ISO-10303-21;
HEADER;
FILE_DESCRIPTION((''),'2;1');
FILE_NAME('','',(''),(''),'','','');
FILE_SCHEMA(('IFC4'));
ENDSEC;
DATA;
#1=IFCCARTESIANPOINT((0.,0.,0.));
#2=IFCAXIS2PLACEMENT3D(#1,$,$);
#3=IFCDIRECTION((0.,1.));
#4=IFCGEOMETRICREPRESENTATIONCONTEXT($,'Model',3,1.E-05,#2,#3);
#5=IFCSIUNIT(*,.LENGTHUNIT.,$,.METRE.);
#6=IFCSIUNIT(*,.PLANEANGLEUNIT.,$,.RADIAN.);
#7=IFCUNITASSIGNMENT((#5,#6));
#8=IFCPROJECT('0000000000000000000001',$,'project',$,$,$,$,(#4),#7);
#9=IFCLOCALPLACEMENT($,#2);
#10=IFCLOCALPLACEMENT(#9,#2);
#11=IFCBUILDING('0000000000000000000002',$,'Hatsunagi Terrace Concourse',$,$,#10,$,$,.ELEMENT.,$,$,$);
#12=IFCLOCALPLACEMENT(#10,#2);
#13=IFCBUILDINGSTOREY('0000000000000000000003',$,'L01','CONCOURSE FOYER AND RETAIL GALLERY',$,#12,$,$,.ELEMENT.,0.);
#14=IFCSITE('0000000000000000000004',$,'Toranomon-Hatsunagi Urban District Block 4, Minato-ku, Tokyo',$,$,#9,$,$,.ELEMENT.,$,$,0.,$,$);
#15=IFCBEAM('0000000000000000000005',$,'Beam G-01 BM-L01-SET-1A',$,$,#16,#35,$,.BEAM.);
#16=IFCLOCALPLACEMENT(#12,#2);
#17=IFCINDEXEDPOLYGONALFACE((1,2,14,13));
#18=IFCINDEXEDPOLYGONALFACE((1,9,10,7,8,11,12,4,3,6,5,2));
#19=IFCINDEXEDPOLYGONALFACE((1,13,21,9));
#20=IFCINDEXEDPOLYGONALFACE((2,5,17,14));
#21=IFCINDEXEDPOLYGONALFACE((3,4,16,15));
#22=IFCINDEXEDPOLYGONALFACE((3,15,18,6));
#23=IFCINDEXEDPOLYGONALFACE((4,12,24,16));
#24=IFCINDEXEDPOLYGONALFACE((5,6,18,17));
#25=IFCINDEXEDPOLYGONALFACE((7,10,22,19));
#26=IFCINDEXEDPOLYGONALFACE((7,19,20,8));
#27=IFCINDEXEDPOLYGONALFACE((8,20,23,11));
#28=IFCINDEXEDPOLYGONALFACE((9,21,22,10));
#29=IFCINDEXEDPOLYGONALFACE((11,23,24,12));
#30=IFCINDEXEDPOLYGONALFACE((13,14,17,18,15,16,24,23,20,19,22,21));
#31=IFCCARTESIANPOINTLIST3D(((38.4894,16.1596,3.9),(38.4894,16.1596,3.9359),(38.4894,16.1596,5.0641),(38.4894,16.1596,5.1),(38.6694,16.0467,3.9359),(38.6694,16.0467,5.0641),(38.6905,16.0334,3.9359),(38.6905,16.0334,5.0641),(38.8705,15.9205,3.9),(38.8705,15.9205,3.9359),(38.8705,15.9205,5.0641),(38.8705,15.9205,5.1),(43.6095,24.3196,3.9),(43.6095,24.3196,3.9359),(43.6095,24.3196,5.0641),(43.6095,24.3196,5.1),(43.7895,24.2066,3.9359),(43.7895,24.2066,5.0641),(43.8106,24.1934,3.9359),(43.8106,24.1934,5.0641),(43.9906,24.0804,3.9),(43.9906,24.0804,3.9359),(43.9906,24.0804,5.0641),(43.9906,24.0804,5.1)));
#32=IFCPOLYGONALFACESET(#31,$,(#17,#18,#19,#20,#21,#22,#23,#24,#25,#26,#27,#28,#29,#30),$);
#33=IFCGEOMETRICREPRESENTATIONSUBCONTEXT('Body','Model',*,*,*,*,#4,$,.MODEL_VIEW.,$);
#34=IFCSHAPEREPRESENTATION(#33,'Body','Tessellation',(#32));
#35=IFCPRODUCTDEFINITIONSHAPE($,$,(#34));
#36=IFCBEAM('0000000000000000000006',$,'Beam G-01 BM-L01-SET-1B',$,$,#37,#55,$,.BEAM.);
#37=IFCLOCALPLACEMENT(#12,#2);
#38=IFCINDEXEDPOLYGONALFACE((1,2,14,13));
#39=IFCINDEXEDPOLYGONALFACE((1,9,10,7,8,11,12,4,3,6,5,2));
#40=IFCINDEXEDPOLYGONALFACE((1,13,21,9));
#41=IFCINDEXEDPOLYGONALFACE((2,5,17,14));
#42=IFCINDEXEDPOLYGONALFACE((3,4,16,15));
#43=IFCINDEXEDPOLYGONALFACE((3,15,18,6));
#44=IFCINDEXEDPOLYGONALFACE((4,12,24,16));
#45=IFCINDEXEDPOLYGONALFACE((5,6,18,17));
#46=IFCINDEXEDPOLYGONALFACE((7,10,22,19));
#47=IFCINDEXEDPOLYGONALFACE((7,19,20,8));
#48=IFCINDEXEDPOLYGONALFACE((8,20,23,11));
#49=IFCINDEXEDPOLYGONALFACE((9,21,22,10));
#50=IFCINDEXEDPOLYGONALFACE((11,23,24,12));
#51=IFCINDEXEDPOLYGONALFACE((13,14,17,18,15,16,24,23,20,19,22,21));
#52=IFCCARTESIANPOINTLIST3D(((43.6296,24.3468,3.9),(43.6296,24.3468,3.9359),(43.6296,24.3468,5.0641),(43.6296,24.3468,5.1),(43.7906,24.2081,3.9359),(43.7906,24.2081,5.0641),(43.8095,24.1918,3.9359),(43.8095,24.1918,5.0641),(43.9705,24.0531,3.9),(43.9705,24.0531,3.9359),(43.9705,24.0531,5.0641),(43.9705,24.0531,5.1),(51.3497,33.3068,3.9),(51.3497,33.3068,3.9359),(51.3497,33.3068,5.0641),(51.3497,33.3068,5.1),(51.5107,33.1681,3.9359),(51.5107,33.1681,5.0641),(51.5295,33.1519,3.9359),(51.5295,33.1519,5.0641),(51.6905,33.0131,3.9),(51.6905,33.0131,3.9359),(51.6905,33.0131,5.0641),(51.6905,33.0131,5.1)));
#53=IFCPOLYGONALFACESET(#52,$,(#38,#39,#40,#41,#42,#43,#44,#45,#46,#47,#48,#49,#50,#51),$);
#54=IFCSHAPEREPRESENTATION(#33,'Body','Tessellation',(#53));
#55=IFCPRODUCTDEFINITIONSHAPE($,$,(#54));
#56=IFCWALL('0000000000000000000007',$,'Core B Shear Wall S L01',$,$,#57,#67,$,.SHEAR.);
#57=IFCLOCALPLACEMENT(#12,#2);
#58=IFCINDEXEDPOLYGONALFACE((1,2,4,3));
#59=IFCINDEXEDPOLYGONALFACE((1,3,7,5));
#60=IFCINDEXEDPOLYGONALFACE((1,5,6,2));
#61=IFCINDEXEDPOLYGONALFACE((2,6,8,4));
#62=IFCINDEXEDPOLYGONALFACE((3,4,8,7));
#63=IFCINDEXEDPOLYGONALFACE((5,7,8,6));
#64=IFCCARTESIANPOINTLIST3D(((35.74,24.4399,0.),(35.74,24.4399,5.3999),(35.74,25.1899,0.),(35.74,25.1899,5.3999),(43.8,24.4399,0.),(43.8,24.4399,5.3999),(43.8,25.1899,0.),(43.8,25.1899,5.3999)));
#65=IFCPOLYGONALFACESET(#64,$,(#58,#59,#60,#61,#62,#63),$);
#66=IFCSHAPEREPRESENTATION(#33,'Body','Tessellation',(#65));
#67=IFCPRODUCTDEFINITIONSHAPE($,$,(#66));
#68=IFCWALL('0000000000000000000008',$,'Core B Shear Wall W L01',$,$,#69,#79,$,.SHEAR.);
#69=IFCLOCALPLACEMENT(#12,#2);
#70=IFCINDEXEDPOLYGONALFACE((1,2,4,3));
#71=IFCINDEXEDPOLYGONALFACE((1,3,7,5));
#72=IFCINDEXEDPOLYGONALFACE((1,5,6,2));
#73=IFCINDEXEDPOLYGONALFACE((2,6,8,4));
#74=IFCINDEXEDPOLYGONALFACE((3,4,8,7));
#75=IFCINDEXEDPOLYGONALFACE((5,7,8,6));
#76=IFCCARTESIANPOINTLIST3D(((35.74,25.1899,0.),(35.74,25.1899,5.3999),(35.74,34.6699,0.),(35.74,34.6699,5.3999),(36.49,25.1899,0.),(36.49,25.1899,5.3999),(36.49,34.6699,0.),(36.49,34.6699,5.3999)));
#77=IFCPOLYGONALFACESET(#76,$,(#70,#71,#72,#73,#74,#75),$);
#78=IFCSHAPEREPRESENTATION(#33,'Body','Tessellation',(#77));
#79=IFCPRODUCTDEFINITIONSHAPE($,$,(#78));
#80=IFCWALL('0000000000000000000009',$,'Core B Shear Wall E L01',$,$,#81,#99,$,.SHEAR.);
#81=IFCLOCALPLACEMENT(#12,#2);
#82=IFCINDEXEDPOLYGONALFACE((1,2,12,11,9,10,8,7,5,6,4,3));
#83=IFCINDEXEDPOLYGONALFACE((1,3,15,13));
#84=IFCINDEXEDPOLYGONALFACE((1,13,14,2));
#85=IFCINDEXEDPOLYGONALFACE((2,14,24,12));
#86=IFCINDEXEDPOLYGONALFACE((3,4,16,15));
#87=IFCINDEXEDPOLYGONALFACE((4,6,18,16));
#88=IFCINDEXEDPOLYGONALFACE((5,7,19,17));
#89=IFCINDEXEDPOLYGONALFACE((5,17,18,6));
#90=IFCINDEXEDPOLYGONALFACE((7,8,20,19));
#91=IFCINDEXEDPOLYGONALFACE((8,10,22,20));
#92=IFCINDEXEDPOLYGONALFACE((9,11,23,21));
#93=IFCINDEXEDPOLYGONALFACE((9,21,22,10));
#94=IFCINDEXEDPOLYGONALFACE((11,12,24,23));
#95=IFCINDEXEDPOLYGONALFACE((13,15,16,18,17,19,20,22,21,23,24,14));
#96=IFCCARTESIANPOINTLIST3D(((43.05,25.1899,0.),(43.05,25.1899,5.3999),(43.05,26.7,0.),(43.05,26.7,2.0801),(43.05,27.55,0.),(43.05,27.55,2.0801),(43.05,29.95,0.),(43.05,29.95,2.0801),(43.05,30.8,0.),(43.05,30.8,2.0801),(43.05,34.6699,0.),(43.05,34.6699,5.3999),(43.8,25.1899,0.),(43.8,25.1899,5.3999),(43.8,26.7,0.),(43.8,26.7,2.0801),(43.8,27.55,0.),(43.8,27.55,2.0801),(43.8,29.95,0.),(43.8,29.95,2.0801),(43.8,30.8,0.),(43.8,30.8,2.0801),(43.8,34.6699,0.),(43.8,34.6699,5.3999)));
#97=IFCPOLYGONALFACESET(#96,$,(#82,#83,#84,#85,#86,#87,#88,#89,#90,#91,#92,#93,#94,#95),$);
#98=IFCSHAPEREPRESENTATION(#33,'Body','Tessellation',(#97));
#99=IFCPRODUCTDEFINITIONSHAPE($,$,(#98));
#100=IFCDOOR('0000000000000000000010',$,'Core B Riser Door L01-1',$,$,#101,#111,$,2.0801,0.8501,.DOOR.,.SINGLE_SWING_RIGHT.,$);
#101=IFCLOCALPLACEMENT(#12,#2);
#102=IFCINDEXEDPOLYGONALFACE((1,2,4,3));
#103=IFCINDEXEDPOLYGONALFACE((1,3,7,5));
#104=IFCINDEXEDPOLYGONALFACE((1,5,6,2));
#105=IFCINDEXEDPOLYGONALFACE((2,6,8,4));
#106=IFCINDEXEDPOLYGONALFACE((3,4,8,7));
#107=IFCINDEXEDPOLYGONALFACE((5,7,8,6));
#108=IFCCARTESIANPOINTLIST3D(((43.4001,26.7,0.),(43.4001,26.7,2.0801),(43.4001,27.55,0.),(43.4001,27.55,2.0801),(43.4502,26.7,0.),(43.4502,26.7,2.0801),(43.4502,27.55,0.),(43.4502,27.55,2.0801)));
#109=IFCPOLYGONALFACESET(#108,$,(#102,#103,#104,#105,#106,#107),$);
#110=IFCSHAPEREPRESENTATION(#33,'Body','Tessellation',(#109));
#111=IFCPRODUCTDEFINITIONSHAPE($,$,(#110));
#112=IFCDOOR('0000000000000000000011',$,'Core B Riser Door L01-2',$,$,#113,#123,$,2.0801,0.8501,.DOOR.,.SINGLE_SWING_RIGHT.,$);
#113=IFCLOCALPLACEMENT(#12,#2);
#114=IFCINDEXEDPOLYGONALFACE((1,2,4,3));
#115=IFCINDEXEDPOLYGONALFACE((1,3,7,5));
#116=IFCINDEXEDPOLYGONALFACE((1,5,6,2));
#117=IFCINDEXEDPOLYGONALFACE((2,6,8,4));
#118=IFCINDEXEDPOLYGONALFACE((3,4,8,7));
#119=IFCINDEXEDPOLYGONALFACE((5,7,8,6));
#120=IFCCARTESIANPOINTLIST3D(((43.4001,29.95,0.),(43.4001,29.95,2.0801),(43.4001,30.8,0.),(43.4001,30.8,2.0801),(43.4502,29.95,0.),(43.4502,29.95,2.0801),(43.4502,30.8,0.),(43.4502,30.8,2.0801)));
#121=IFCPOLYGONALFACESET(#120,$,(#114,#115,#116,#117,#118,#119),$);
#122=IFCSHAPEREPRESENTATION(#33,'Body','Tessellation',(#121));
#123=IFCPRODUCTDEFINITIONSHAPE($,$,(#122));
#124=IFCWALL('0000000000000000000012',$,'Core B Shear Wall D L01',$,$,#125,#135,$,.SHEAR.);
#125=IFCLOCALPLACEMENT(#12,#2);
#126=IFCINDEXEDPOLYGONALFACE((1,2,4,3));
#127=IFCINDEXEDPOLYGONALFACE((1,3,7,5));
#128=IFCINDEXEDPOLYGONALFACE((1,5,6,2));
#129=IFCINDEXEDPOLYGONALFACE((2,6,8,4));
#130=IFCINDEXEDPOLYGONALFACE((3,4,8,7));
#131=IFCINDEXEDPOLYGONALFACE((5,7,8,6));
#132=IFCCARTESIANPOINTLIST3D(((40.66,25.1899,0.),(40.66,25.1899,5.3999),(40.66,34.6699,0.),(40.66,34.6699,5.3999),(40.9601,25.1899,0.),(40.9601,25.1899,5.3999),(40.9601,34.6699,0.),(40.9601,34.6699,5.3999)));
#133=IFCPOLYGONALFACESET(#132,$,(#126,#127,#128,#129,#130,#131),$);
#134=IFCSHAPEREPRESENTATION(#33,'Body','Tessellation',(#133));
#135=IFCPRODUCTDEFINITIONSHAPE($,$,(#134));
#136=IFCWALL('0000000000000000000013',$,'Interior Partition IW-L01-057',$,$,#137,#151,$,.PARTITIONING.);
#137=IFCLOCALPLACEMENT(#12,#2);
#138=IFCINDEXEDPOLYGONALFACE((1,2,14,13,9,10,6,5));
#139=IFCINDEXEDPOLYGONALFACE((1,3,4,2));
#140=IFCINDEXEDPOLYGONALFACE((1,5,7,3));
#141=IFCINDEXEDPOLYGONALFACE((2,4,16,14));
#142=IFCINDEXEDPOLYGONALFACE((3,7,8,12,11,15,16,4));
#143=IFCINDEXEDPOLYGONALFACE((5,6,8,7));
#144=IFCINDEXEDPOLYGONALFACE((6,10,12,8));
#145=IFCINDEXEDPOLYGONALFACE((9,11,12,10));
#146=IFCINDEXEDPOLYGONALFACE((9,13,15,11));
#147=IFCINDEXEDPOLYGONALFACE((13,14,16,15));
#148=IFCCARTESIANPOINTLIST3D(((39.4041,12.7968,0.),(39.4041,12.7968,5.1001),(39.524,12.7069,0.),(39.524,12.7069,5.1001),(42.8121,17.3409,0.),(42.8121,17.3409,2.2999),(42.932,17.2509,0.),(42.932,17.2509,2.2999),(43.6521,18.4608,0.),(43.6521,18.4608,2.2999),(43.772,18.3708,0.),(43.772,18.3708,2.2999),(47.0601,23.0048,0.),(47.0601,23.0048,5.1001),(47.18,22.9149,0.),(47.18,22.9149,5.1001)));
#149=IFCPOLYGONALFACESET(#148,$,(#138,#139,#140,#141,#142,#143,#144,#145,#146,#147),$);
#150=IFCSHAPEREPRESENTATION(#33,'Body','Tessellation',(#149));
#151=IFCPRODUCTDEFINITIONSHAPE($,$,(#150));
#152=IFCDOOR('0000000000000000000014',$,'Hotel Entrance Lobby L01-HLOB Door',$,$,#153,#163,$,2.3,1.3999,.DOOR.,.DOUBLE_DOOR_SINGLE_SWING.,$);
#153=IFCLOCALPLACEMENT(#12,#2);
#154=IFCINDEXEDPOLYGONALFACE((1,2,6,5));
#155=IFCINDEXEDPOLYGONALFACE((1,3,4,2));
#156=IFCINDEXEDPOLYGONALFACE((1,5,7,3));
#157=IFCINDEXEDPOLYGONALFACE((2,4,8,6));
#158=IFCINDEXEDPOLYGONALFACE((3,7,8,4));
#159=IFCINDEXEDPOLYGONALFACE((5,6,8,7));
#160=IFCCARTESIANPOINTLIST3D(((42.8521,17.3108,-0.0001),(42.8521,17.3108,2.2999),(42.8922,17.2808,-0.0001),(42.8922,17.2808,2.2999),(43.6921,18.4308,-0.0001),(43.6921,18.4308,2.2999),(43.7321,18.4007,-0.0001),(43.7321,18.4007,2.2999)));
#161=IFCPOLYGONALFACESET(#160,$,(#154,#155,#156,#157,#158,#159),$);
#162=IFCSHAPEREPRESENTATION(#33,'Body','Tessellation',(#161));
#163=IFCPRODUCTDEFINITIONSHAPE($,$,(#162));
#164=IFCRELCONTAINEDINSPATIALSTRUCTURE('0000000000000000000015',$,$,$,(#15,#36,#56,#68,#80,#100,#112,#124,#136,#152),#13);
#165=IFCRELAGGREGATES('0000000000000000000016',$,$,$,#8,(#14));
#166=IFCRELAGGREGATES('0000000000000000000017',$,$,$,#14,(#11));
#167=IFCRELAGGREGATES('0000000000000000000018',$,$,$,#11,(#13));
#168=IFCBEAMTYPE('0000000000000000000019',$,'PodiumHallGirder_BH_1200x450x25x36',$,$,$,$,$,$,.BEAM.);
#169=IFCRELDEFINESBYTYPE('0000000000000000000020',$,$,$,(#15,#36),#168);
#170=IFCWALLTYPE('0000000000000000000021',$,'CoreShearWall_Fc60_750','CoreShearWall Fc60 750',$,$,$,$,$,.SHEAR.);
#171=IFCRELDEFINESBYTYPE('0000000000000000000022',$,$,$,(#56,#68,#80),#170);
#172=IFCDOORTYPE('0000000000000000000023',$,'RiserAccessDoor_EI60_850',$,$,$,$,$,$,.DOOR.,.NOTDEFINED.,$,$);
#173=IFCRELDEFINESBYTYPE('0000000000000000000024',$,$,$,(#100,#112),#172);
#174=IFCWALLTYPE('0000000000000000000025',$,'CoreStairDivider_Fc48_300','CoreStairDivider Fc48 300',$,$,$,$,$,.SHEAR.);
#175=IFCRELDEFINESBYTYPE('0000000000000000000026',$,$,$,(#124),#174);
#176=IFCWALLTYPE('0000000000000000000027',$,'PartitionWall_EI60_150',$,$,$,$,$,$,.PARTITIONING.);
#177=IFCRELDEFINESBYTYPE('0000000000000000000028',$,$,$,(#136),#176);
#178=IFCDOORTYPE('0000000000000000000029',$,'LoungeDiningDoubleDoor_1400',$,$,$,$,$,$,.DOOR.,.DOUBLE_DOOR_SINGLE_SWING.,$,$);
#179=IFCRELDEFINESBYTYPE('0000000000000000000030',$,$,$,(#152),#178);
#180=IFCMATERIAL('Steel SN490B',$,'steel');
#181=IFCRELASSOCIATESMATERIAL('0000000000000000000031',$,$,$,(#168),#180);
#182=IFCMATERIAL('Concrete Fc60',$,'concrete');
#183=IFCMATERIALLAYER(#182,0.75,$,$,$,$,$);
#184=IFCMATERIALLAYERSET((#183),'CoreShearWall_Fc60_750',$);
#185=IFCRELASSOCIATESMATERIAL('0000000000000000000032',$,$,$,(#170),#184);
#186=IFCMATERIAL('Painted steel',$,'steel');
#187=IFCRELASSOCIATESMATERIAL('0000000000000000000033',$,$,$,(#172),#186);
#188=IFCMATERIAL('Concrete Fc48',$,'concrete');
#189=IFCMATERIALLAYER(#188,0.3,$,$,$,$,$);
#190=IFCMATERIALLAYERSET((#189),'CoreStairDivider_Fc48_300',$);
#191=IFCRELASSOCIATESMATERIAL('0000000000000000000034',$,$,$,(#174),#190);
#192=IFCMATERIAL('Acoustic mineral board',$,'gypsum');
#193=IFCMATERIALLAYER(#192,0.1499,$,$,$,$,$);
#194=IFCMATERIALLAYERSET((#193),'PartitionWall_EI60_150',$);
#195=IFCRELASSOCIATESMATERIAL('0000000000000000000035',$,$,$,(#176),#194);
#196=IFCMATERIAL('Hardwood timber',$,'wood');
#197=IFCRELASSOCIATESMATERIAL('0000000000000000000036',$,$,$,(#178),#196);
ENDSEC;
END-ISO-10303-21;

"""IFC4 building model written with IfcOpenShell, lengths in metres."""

from ifc_helpers import new_model, si_unit, direction, frame, frame_2d, origin, origin_2d, place, context, subcontext, project, spatial, rectangle, i_section, extrude, material, layer, layer_set, material_profile, profile_set, type_object, element, fill, save


model = new_model("IFC4")

# Units and contexts
model_context = context("Model", 3, precision=1e-05, world=origin(), true_north=direction((0.0, 1.0)))
body_context = subcontext(model_context, "Body", "Model", "MODEL_VIEW")
ifc_project = project(units=[si_unit("LENGTHUNIT", "METRE"), si_unit("PLANEANGLEUNIT", "RADIAN")], contexts=[model_context])

# Site, building, storey
site_placement = place(None, origin())
site = spatial("IfcSite", under=ifc_project, at=site_placement, Name="Toranomon-Hatsunagi Urban District Block 4, Minato-ku, Tokyo", CompositionType="ELEMENT", RefElevation=0.0)
building_placement = place(site_placement, origin())
building = spatial("IfcBuilding", under=site, at=building_placement, Name="Hatsunagi Terrace Concourse", CompositionType="ELEMENT")
storey_placement = place(building_placement, origin())
storey = spatial("IfcBuildingStorey", under=building, at=storey_placement, Name="L01", Description="CONCOURSE FOYER AND RETAIL GALLERY", CompositionType="ELEMENT", Elevation=0.0)

# Beams
ifc_material_1 = material(Name="Steel SN490B", Category="steel")
ifc_material_profile_1 = material_profile(ifc_material_1, i_section(OverallWidth=0.45, OverallDepth=1.2, WebThickness=0.0249, FlangeThickness=0.0359, at=origin_2d()), Name="BH-1200x450x25x36")
ifc_profile_set_1 = profile_set([ifc_material_profile_1], Name="Steel SN490B")
beam_type_1 = type_object("IfcBeamType", Name="PodiumHallGirder_BH_1200x450x25x36", PredefinedType="BEAM", material=ifc_profile_set_1)
beam_1_placement = place(storey_placement, frame((38.6799, 16.04, 4.5), z_axis=(0.531504, 0.847056, 0.0), x_axis=(-0.847056, 0.531504, 0.0)))
element("IfcBeam", 1, at=beam_1_placement, inside=storey, type_object=beam_type_1, Name="Beam G-01 BM-L01-SET-1A", PredefinedType="BEAM", context=body_context, shape_type="SweptSolid", body=[
    extrude(i_section(OverallWidth=0.45, OverallDepth=1.2, WebThickness=0.0249, FlangeThickness=0.0359, at=origin_2d()), origin(), (0.0, 0.0, 1.0), 9.6333),
])
beam_2_placement = place(storey_placement, frame((43.8, 24.2, 4.5), z_axis=(0.652739, 0.757583, 0.0), x_axis=(-0.757583, 0.652739, 0.0)))
element("IfcBeam", 2, at=beam_2_placement, inside=storey, type_object=beam_type_1, Name="Beam G-01 BM-L01-SET-1B", PredefinedType="BEAM", context=body_context, shape_type="SweptSolid", body=[
    extrude(i_section(OverallWidth=0.45, OverallDepth=1.2, WebThickness=0.0249, FlangeThickness=0.0359, at=origin_2d()), origin(), (0.0, 0.0, 1.0), 11.8271),
])

# Walls
ifc_material_2 = material(Name="Concrete Fc60", Category="concrete")
ifc_layer_1 = layer(ifc_material_2, 0.75)
ifc_layer_set_1 = layer_set([ifc_layer_1], Name="CoreShearWall_Fc60_750")
wall_type_1 = type_object("IfcWallType", Name="CoreShearWall_Fc60_750", Description="CoreShearWall Fc60 750", PredefinedType="SHEAR", material=ifc_layer_set_1)
wall_1_placement = place(storey_placement, frame((35.74, 24.8149, 0.0), z_axis=(0.0, 0.0, 1.0), x_axis=(1.0, 0.0, 0.0)))
element("IfcWall", 3, at=wall_1_placement, inside=storey, type_object=wall_type_1, Name="Core B Shear Wall S L01", PredefinedType="SHEAR", context=body_context, shape_type="SweptSolid", body=[
    extrude(rectangle(XDim=8.0601, YDim=0.75, at=frame_2d((4.03, 0.0))), origin(), (0.0, 0.0, 1.0), 5.3999),
])
wall_2_placement = place(storey_placement, frame((36.115, 25.1899, 0.0), z_axis=(0.0, 0.0, 1.0), x_axis=(0.0, 1.0, 0.0)))
element("IfcWall", 4, at=wall_2_placement, inside=storey, type_object=wall_type_1, Name="Core B Shear Wall W L01", PredefinedType="SHEAR", context=body_context, shape_type="SweptSolid", body=[
    extrude(rectangle(XDim=9.48, YDim=0.75, at=frame_2d((4.74, 0.0))), origin(), (0.0, 0.0, 1.0), 5.3999),
])

# Wall, openings, doors
wall_3_placement = place(storey_placement, frame((43.425, 25.1899, 0.0), z_axis=(0.0, 0.0, 1.0), x_axis=(0.0, 1.0, 0.0)))
wall_3 = element("IfcWall", 5, at=wall_3_placement, inside=storey, type_object=wall_type_1, Name="Core B Shear Wall E L01", PredefinedType="SHEAR", context=body_context, shape_type="SweptSolid", body=[
    extrude(rectangle(XDim=9.48, YDim=0.75, at=frame_2d((4.74, 0.0))), origin(), (0.0, 0.0, 1.0), 5.3999),
])
opening_1_placement = place(wall_3_placement, frame((1.51, 0.0, 0.0)))
opening_1 = element("IfcOpeningElement", 6, at=opening_1_placement, cuts=wall_3, PredefinedType="OPENING", context=body_context, shape_type="SweptSolid", body=[
    extrude(rectangle(XDim=0.8501, YDim=2.0801, at=frame_2d((0.425, 1.04))), frame((0.0, 0.385, 0.0), z_axis=(0.0, -1.0, 0.0), x_axis=(1.0, 0.0, 0.0)), (0.0, 0.0, 1.0), 0.77),
])
opening_2_placement = place(wall_3_placement, frame((4.76, 0.0, 0.0)))
opening_2 = element("IfcOpeningElement", 7, at=opening_2_placement, cuts=wall_3, PredefinedType="OPENING", context=body_context, shape_type="SweptSolid", body=[
    extrude(rectangle(XDim=0.8501, YDim=2.0801, at=frame_2d((0.425, 1.04))), frame((0.0, 0.385, 0.0), z_axis=(0.0, -1.0, 0.0), x_axis=(1.0, 0.0, 0.0)), (0.0, 0.0, 1.0), 0.77),
])
ifc_material_3 = material(Name="Painted steel", Category="steel")
door_type_1 = type_object("IfcDoorType", Name="RiserAccessDoor_EI60_850", OperationType="NOTDEFINED", PredefinedType="DOOR", material=ifc_material_3)
door_1_placement = place(opening_1_placement, origin())
door_1 = element("IfcDoor", 8, at=door_1_placement, inside=storey, type_object=door_type_1, Name="Core B Riser Door L01-1", OperationType="SINGLE_SWING_RIGHT", OverallHeight=2.0801, OverallWidth=0.8501, PredefinedType="DOOR", context=body_context, shape_type="SweptSolid", body=[
    extrude(rectangle(XDim=0.8501, YDim=2.0801, at=frame_2d((0.425, 1.04))), frame((0.0, 0.0249, 0.0), z_axis=(0.0, -1.0, 0.0), x_axis=(1.0, 0.0, 0.0)), (0.0, 0.0, 1.0), 0.05),
])
fill(opening_1, door_1)
door_2_placement = place(opening_2_placement, origin())
door_2 = element("IfcDoor", 9, at=door_2_placement, inside=storey, type_object=door_type_1, Name="Core B Riser Door L01-2", OperationType="SINGLE_SWING_RIGHT", OverallHeight=2.0801, OverallWidth=0.8501, PredefinedType="DOOR", context=body_context, shape_type="SweptSolid", body=[
    extrude(rectangle(XDim=0.8501, YDim=2.0801, at=frame_2d((0.425, 1.04))), frame((0.0, 0.0249, 0.0), z_axis=(0.0, -1.0, 0.0), x_axis=(1.0, 0.0, 0.0)), (0.0, 0.0, 1.0), 0.05),
])
fill(opening_2, door_2)

# Wall
ifc_material_4 = material(Name="Concrete Fc48", Category="concrete")
ifc_layer_2 = layer(ifc_material_4, 0.3)
ifc_layer_set_2 = layer_set([ifc_layer_2], Name="CoreStairDivider_Fc48_300")
wall_type_2 = type_object("IfcWallType", Name="CoreStairDivider_Fc48_300", Description="CoreStairDivider Fc48 300", PredefinedType="SHEAR", material=ifc_layer_set_2)
wall_4_placement = place(storey_placement, frame((40.8101, 25.1899, 0.0), z_axis=(0.0, 0.0, 1.0), x_axis=(0.0, 1.0, 0.0)))
element("IfcWall", 10, at=wall_4_placement, inside=storey, type_object=wall_type_2, Name="Core B Shear Wall D L01", PredefinedType="SHEAR", context=body_context, shape_type="SweptSolid", body=[
    extrude(rectangle(XDim=9.48, YDim=0.3, at=frame_2d((4.74, 0.0))), origin(), (0.0, 0.0, 1.0), 5.3999),
])

# Wall, opening, door
ifc_material_5 = material(Name="Acoustic mineral board", Category="gypsum")
ifc_layer_3 = layer(ifc_material_5, 0.1499)
ifc_layer_set_3 = layer_set([ifc_layer_3], Name="PartitionWall_EI60_150")
wall_type_3 = type_object("IfcWallType", Name="PartitionWall_EI60_150", PredefinedType="PARTITIONING", material=ifc_layer_set_3)
wall_5_placement = place(storey_placement, frame((39.4641, 12.752, 0.0), z_axis=(0.0, 0.0, 1.0), x_axis=(0.6, 0.8, 0.0)))
wall_5 = element("IfcWall", 11, at=wall_5_placement, inside=storey, type_object=wall_type_3, Name="Interior Partition IW-L01-057", PredefinedType="PARTITIONING", context=body_context, shape_type="SweptSolid", body=[
    extrude(rectangle(XDim=12.76, YDim=0.1499, at=frame_2d((6.3799, 0.0))), origin(), (0.0, 0.0, 1.0), 5.1001),
])
opening_3_placement = place(wall_5_placement, frame((5.6799, 0.0, 0.0)))
opening_3 = element("IfcOpeningElement", 12, at=opening_3_placement, cuts=wall_5, PredefinedType="OPENING", context=body_context, shape_type="SweptSolid", body=[
    extrude(rectangle(XDim=1.3999, YDim=2.3, at=frame_2d((0.7, 1.1499))), frame((0.0, 0.085, 0.0), z_axis=(0.0, -1.0, 0.0), x_axis=(1.0, 0.0, 0.0)), (0.0, 0.0, 1.0), 0.1699),
])
ifc_material_6 = material(Name="Hardwood timber", Category="wood")
door_type_2 = type_object("IfcDoorType", Name="LoungeDiningDoubleDoor_1400", OperationType="DOUBLE_DOOR_SINGLE_SWING", PredefinedType="DOOR", material=ifc_material_6)
door_3_placement = place(opening_3_placement, origin())
door_3 = element("IfcDoor", 13, at=door_3_placement, inside=storey, type_object=door_type_2, Name="Hotel Entrance Lobby L01-HLOB Door", OperationType="DOUBLE_DOOR_SINGLE_SWING", OverallHeight=2.3, OverallWidth=1.3999, PredefinedType="DOOR", context=body_context, shape_type="SweptSolid", body=[
    extrude(rectangle(XDim=1.3999, YDim=2.3, at=frame_2d((0.7, 1.1499))), frame((0.0, 0.0249, 0.0), z_axis=(0.0, -1.0, 0.0), x_axis=(1.0, 0.0, 0.0)), (0.0, 0.0, 1.0), 0.05),
])
fill(opening_3, door_3)

save(model, "model.ifc")
